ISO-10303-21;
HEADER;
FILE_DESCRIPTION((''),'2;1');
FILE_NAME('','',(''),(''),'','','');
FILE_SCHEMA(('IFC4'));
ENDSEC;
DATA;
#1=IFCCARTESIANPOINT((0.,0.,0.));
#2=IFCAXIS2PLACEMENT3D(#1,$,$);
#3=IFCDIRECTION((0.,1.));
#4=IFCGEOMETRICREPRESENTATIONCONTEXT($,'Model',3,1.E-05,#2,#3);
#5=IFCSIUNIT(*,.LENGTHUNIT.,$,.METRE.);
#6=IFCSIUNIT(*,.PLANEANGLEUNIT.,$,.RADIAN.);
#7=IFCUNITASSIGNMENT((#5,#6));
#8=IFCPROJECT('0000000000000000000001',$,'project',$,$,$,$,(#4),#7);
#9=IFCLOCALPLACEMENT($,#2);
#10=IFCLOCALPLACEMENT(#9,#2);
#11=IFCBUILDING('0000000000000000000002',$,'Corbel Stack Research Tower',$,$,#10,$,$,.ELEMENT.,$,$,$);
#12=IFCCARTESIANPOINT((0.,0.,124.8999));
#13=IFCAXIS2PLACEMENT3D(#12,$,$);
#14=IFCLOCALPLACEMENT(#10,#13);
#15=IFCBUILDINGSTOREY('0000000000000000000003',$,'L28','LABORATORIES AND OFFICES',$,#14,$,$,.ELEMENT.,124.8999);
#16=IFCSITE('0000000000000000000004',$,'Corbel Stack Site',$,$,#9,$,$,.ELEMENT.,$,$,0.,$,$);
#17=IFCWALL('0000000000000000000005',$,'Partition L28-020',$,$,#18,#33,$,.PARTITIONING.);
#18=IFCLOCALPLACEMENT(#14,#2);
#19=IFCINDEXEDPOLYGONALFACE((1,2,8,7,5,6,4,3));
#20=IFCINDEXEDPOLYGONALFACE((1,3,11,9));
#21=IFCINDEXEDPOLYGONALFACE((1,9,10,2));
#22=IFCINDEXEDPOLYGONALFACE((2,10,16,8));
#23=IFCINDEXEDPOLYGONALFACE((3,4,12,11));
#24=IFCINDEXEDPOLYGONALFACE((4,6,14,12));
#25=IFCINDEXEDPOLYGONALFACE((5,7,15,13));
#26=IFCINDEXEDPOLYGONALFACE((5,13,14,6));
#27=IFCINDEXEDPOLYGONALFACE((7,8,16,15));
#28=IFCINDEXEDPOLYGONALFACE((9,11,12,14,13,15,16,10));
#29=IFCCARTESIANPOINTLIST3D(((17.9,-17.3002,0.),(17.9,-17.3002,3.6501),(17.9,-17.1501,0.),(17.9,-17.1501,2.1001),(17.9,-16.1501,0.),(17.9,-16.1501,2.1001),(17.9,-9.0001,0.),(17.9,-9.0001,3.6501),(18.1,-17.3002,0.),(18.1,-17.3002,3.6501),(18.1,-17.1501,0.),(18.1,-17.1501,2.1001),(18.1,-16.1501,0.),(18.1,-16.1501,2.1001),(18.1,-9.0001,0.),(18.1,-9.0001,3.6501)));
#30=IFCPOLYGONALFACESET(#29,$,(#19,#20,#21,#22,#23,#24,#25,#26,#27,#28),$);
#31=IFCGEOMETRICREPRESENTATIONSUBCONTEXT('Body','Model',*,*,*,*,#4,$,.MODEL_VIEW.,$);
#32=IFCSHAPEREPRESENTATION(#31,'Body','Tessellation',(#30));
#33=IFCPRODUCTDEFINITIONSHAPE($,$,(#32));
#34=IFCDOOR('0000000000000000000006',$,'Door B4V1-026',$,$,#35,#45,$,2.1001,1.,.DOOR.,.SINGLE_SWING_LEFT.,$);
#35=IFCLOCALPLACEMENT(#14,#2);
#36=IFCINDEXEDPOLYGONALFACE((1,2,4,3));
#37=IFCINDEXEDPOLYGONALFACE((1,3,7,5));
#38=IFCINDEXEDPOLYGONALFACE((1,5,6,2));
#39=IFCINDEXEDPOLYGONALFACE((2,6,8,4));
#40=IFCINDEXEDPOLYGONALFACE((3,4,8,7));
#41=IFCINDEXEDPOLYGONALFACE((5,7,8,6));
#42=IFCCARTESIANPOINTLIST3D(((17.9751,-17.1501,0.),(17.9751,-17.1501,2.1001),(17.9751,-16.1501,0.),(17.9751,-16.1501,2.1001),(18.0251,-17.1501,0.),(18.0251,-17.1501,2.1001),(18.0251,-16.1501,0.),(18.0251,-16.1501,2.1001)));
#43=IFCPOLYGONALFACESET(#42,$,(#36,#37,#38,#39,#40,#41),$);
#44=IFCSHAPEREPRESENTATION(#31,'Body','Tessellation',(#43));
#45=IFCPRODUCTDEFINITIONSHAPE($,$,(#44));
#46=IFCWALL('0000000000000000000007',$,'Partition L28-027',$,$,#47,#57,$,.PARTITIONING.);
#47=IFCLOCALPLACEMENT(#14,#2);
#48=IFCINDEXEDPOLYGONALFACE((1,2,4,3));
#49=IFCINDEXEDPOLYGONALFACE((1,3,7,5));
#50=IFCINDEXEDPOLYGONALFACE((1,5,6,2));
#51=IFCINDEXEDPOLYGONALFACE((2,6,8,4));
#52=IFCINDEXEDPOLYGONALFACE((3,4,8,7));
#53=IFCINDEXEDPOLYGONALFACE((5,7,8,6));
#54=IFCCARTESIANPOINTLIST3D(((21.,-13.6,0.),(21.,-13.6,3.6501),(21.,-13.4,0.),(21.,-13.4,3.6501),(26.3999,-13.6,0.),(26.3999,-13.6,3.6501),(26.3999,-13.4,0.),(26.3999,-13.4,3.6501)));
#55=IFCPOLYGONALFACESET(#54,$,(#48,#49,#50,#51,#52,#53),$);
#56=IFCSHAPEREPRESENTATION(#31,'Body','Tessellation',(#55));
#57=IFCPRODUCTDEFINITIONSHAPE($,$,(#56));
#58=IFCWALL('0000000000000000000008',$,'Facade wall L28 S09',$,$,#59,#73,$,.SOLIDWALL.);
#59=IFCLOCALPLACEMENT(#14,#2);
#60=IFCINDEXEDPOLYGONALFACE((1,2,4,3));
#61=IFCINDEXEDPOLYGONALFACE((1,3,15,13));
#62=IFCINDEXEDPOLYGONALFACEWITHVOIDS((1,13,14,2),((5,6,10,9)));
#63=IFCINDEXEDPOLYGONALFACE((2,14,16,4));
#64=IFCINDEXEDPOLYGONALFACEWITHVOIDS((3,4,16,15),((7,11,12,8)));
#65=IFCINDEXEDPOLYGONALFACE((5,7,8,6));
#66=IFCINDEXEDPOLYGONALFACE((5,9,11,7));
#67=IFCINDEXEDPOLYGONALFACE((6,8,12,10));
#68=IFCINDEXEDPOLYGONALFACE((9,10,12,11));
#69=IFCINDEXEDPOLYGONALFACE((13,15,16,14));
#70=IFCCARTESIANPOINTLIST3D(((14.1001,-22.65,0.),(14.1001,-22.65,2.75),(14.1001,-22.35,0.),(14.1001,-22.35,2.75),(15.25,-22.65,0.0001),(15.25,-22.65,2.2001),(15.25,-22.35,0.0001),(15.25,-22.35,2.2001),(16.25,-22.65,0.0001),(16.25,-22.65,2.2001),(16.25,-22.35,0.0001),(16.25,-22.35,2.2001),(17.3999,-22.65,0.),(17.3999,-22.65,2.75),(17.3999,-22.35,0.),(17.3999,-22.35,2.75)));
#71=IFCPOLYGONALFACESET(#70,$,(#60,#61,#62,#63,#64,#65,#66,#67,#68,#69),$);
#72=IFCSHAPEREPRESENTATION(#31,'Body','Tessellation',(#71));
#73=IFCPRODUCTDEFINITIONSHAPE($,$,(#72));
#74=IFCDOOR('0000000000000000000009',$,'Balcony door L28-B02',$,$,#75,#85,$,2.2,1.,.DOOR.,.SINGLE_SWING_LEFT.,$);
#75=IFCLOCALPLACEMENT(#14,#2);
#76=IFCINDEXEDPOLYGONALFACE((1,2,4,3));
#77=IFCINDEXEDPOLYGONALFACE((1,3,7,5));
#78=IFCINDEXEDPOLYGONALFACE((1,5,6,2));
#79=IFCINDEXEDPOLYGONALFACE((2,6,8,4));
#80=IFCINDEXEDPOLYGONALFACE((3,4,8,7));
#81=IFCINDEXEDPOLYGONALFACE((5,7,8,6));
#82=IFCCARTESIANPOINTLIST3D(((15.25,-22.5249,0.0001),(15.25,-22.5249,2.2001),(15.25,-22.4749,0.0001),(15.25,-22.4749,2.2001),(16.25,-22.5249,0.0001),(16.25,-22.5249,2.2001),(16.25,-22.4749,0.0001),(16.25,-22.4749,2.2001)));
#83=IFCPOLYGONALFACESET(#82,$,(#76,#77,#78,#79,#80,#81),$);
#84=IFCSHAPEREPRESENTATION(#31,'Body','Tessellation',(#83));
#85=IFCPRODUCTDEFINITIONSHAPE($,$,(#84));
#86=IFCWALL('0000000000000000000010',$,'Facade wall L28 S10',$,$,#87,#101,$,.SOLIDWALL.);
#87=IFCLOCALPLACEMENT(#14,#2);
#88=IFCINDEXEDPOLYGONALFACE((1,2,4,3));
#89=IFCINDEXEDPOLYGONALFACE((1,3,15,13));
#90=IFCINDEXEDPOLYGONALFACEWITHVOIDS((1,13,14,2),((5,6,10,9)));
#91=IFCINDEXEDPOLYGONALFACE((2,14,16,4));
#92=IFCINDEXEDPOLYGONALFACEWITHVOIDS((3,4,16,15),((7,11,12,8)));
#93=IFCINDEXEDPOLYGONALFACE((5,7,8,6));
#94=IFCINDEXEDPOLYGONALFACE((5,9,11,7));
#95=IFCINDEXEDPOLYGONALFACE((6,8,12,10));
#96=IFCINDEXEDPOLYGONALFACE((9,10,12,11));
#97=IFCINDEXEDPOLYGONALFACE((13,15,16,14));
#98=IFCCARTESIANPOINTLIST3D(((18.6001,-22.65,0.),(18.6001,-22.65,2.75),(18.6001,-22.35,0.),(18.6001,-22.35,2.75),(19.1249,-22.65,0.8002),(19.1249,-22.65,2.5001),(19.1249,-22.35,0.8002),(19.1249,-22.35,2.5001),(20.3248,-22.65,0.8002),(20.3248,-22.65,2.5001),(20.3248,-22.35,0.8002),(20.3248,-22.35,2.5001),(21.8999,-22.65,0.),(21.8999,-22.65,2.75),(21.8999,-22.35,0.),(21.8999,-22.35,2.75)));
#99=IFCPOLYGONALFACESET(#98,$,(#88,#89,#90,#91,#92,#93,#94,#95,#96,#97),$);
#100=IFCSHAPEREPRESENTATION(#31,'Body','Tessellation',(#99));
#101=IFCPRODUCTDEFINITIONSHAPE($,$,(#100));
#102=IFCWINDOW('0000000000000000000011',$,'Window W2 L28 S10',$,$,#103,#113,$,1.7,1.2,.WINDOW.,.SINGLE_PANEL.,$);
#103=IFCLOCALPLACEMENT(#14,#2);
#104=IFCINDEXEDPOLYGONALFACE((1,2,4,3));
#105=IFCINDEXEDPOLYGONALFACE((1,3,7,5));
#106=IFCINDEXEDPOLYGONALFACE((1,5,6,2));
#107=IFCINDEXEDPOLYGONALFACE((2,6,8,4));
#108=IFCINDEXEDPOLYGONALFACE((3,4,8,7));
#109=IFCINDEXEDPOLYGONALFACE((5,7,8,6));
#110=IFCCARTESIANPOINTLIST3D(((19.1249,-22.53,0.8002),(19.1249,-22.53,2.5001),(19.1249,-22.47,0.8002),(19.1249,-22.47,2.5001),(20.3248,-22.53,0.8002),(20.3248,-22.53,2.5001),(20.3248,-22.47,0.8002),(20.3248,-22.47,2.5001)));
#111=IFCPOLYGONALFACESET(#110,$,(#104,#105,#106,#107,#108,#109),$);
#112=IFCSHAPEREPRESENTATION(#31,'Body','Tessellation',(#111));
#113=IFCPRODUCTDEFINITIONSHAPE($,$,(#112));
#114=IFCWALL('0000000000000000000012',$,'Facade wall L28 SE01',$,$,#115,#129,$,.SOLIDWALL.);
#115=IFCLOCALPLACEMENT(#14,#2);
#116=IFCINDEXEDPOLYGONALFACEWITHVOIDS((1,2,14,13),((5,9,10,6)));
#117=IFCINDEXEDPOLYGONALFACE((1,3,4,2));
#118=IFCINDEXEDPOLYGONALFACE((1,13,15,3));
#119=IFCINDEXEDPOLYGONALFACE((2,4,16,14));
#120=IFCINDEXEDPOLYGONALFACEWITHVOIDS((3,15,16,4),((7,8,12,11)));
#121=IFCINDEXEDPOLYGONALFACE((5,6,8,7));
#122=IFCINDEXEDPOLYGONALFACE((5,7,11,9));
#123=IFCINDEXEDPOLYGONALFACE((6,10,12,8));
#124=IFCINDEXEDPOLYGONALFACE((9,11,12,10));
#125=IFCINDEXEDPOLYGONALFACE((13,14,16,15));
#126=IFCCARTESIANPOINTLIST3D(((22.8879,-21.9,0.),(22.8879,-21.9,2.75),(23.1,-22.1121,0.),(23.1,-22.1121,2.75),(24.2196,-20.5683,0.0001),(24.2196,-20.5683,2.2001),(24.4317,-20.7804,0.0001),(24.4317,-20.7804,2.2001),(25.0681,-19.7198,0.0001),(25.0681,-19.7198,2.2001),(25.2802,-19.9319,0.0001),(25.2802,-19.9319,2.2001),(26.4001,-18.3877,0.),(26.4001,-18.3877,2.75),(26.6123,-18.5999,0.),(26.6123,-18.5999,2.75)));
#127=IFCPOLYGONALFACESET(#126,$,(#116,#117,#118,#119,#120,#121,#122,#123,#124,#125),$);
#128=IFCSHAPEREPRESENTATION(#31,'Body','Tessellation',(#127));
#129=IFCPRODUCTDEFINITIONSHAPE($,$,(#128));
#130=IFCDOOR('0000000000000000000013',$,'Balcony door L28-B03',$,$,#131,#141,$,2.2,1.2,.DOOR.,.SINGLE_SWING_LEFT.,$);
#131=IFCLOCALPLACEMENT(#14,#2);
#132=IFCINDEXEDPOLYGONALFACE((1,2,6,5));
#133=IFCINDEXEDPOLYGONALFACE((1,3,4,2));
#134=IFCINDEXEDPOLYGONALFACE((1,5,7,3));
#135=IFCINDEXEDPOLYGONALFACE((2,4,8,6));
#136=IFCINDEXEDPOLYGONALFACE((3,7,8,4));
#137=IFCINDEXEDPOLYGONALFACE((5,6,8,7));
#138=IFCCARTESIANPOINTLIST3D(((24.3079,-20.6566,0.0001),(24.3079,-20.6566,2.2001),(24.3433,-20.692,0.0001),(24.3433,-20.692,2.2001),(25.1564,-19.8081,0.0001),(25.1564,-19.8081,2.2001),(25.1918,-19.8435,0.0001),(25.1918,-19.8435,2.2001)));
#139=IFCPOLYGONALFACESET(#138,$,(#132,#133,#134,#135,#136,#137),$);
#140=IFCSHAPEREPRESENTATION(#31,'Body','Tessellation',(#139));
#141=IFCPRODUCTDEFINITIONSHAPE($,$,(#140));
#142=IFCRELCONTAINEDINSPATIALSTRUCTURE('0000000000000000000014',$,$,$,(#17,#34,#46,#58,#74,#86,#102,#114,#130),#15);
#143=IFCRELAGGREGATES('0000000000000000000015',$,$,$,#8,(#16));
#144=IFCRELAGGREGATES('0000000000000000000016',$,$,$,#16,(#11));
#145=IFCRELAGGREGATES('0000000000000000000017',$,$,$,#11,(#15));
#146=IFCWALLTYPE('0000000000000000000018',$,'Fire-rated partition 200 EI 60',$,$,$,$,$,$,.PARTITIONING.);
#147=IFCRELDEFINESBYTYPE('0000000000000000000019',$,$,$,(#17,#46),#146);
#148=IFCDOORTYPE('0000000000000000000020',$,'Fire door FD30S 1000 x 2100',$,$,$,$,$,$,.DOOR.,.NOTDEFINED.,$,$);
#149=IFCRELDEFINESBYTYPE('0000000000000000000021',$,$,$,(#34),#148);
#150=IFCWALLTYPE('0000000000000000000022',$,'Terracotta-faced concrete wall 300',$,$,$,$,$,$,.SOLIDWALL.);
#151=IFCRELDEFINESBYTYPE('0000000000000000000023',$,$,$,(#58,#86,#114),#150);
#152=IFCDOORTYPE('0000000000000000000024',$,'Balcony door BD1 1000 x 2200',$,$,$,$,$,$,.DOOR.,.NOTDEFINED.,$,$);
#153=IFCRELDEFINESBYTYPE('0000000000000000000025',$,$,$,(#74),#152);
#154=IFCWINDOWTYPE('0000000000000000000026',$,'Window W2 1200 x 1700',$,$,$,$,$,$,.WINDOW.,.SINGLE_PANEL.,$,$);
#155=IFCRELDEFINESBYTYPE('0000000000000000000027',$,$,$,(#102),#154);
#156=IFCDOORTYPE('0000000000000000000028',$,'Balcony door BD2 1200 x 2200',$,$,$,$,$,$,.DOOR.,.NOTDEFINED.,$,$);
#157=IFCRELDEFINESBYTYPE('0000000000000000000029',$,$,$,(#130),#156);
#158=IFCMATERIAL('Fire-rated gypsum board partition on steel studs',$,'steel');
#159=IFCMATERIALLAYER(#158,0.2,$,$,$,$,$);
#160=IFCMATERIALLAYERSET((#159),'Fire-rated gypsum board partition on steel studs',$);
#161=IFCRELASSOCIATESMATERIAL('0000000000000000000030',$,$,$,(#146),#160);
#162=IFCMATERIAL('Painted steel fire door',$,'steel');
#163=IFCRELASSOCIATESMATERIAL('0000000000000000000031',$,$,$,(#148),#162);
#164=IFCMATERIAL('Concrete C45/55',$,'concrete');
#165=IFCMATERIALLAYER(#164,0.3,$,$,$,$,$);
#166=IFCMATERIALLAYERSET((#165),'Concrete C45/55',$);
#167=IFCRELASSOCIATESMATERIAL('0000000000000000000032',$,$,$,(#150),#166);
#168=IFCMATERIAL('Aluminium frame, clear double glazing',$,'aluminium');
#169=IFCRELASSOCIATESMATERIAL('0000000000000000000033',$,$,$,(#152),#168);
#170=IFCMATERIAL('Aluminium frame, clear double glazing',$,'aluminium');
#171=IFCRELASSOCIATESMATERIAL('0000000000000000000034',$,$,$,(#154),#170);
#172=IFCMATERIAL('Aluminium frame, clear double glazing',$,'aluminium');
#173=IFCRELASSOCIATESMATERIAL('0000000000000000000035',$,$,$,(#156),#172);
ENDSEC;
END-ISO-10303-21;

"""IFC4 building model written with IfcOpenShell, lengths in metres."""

from ifc_helpers import new_model, si_unit, direction, frame, frame_2d, origin, place, context, subcontext, project, spatial, rectangle, extrude, material, layer, layer_set, type_object, element, fill, save


model = new_model("IFC4")

# Units and contexts
model_context = context("Model", 3, precision=1e-05, world=origin(), true_north=direction((0.0, 1.0)))
body_context = subcontext(model_context, "Body", "Model", "MODEL_VIEW")
ifc_project = project(units=[si_unit("LENGTHUNIT", "METRE"), si_unit("PLANEANGLEUNIT", "RADIAN")], contexts=[model_context])

# Site, building, storey
site_placement = place(None, origin())
site = spatial("IfcSite", under=ifc_project, at=site_placement, Name="Corbel Stack Site", CompositionType="ELEMENT", RefElevation=0.0)
building_placement = place(site_placement, origin())
building = spatial("IfcBuilding", under=site, at=building_placement, Name="Corbel Stack Research Tower", CompositionType="ELEMENT")
storey_placement = place(building_placement, frame((0.0, 0.0, 124.8999)))
storey = spatial("IfcBuildingStorey", under=building, at=storey_placement, Name="L28", Description="LABORATORIES AND OFFICES", CompositionType="ELEMENT", Elevation=124.8999)

# Shared definitions
ifc_material_1 = material(Name="Fire-rated gypsum board partition on steel studs", Category="steel")
ifc_layer_1 = layer(ifc_material_1, 0.2)
ifc_layer_set_1 = layer_set([ifc_layer_1], Name="Fire-rated gypsum board partition on steel studs")
wall_type_1 = type_object("IfcWallType", Name="Fire-rated partition 200 EI 60", PredefinedType="PARTITIONING", material=ifc_layer_set_1)

# Wall, opening, door
wall_1_placement = place(storey_placement, frame((18.0, -17.3, 0.0), z_axis=(0.0, 0.0, 1.0), x_axis=(0.0, 1.0, 0.0)))
wall_1 = element("IfcWall", 1, at=wall_1_placement, inside=storey, type_object=wall_type_1, Name="Partition L28-020", PredefinedType="PARTITIONING", context=body_context, shape_type="SweptSolid", body=[
    extrude(rectangle(XDim=8.3, YDim=0.2, at=frame_2d((4.1499, 0.0))), origin(), (0.0, 0.0, 1.0), 3.6501),
])
opening_1_placement = place(wall_1_placement, frame((0.1499, 0.0, 0.0)))
opening_1 = element("IfcOpeningElement", 2, at=opening_1_placement, cuts=wall_1, PredefinedType="OPENING", context=body_context, shape_type="SweptSolid", body=[
    extrude(rectangle(XDim=1.0, YDim=2.1001, at=frame_2d((0.5, 1.05))), frame((0.0, 0.1099, 0.0), z_axis=(0.0, -1.0, 0.0), x_axis=(1.0, 0.0, 0.0)), (0.0, 0.0, 1.0), 0.22),
])
ifc_material_2 = material(Name="Painted steel fire door", Category="steel")
door_type_1 = type_object("IfcDoorType", Name="Fire door FD30S 1000 x 2100", OperationType="NOTDEFINED", PredefinedType="DOOR", material=ifc_material_2)
door_1_placement = place(opening_1_placement, origin())
door_1 = element("IfcDoor", 3, at=door_1_placement, inside=storey, type_object=door_type_1, Name="Door B4V1-026", OperationType="SINGLE_SWING_LEFT", OverallHeight=2.1001, OverallWidth=1.0, PredefinedType="DOOR", context=body_context, shape_type="SweptSolid", body=[
    extrude(rectangle(XDim=1.0, YDim=2.1001, at=frame_2d((0.5, 1.05))), frame((0.0, 0.0249, 0.0), z_axis=(0.0, -1.0, 0.0), x_axis=(1.0, 0.0, 0.0)), (0.0, 0.0, 1.0), 0.05),
])
fill(opening_1, door_1)

# Wall
wall_2_placement = place(storey_placement, frame((21.0, -13.5, 0.0), z_axis=(0.0, 0.0, 1.0), x_axis=(1.0, 0.0, 0.0)))
element("IfcWall", 4, at=wall_2_placement, inside=storey, type_object=wall_type_1, Name="Partition L28-027", PredefinedType="PARTITIONING", context=body_context, shape_type="SweptSolid", body=[
    extrude(rectangle(XDim=5.3999, YDim=0.2, at=frame_2d((2.7, 0.0))), origin(), (0.0, 0.0, 1.0), 3.6501),
])

# Wall, opening, door
ifc_material_3 = material(Name="Concrete C45/55", Category="concrete")
ifc_layer_2 = layer(ifc_material_3, 0.3)
ifc_layer_set_2 = layer_set([ifc_layer_2], Name="Concrete C45/55")
wall_type_2 = type_object("IfcWallType", Name="Terracotta-faced concrete wall 300", PredefinedType="SOLIDWALL", material=ifc_layer_set_2)
wall_3_placement = place(storey_placement, frame((17.3999, -22.5, 0.0), z_axis=(0.0, 0.0, 1.0), x_axis=(-1.0, 0.0, 0.0)))
wall_3 = element("IfcWall", 5, at=wall_3_placement, inside=storey, type_object=wall_type_2, Name="Facade wall L28 S09", PredefinedType="SOLIDWALL", context=body_context, shape_type="SweptSolid", body=[
    extrude(rectangle(XDim=3.2998, YDim=0.3, at=frame_2d((1.6499, 0.0))), origin(), (0.0, 0.0, 1.0), 2.75),
])
opening_2_placement = place(wall_3_placement, frame((1.1499, 0.0, 0.0)))
opening_2 = element("IfcOpeningElement", 6, at=opening_2_placement, cuts=wall_3, PredefinedType="OPENING", context=body_context, shape_type="SweptSolid", body=[
    extrude(rectangle(XDim=1.0, YDim=2.2, at=frame_2d((0.5, 1.1001))), frame((0.0, 0.1599, 0.0), z_axis=(0.0, -1.0, 0.0), x_axis=(1.0, 0.0, 0.0)), (0.0, 0.0, 1.0), 0.3201),
])
ifc_material_4 = material(Name="Aluminium frame, clear double glazing", Category="aluminium")
door_type_2 = type_object("IfcDoorType", Name="Balcony door BD1 1000 x 2200", OperationType="NOTDEFINED", PredefinedType="DOOR", material=ifc_material_4)
door_2_placement = place(opening_2_placement, origin())
door_2 = element("IfcDoor", 7, at=door_2_placement, inside=storey, type_object=door_type_2, Name="Balcony door L28-B02", OperationType="SINGLE_SWING_LEFT", OverallHeight=2.2, OverallWidth=1.0, PredefinedType="DOOR", context=body_context, shape_type="SweptSolid", body=[
    extrude(rectangle(XDim=1.0, YDim=2.2, at=frame_2d((0.5, 1.1001))), frame((0.0, 0.0249, 0.0), z_axis=(0.0, -1.0, 0.0), x_axis=(1.0, 0.0, 0.0)), (0.0, 0.0, 1.0), 0.05),
])
fill(opening_2, door_2)

# Wall, opening, window
wall_4_placement = place(storey_placement, frame((21.8999, -22.5, 0.0), z_axis=(0.0, 0.0, 1.0), x_axis=(-1.0, 0.0, 0.0)))
wall_4 = element("IfcWall", 8, at=wall_4_placement, inside=storey, type_object=wall_type_2, Name="Facade wall L28 S10", PredefinedType="SOLIDWALL", context=body_context, shape_type="SweptSolid", body=[
    extrude(rectangle(XDim=3.2998, YDim=0.3, at=frame_2d((1.6499, 0.0))), origin(), (0.0, 0.0, 1.0), 2.75),
])
opening_3_placement = place(wall_4_placement, frame((1.575, 0.0, 0.8)))
opening_3 = element("IfcOpeningElement", 9, at=opening_3_placement, cuts=wall_4, PredefinedType="OPENING", context=body_context, shape_type="SweptSolid", body=[
    extrude(rectangle(XDim=1.2, YDim=1.7, at=frame_2d((0.6001, 0.8501))), frame((0.0, 0.1599, 0.0), z_axis=(0.0, -1.0, 0.0), x_axis=(1.0, 0.0, 0.0)), (0.0, 0.0, 1.0), 0.3201),
])
ifc_material_5 = material(Name="Aluminium frame, clear double glazing", Category="aluminium")
window_type_1 = type_object("IfcWindowType", Name="Window W2 1200 x 1700", PartitioningType="SINGLE_PANEL", PredefinedType="WINDOW", material=ifc_material_5)
window_1_placement = place(opening_3_placement, origin())
window_1 = element("IfcWindow", 10, at=window_1_placement, inside=storey, type_object=window_type_1, Name="Window W2 L28 S10", OverallHeight=1.7, OverallWidth=1.2, PartitioningType="SINGLE_PANEL", PredefinedType="WINDOW", context=body_context, shape_type="SweptSolid", body=[
    extrude(rectangle(XDim=1.2, YDim=1.7, at=frame_2d((0.6001, 0.8501))), frame((0.0, 0.03, 0.0), z_axis=(0.0, -1.0, 0.0), x_axis=(1.0, 0.0, 0.0)), (0.0, 0.0, 1.0), 0.0601),
])
fill(opening_3, window_1)

# Wall, opening, door
wall_5_placement = place(storey_placement, frame((26.5061, -18.4939, 0.0), z_axis=(0.0, 0.0, 1.0), x_axis=(-0.707107, -0.707107, 0.0)))
wall_5 = element("IfcWall", 11, at=wall_5_placement, inside=storey, type_object=wall_type_2, Name="Facade wall L28 SE01", PredefinedType="SOLIDWALL", context=body_context, shape_type="SweptSolid", body=[
    extrude(rectangle(XDim=4.967, YDim=0.3, at=frame_2d((2.4834, 0.0))), origin(), (0.0, 0.0, 1.0), 2.75),
])
opening_4_placement = place(wall_5_placement, frame((1.8835, 0.0, 0.0)))
opening_4 = element("IfcOpeningElement", 12, at=opening_4_placement, cuts=wall_5, PredefinedType="OPENING", context=body_context, shape_type="SweptSolid", body=[
    extrude(rectangle(XDim=1.2, YDim=2.2, at=frame_2d((0.6001, 1.1001))), frame((0.0, 0.1599, 0.0), z_axis=(0.0, -1.0, 0.0), x_axis=(1.0, 0.0, 0.0)), (0.0, 0.0, 1.0), 0.3201),
])
ifc_material_6 = material(Name="Aluminium frame, clear double glazing", Category="aluminium")
door_type_3 = type_object("IfcDoorType", Name="Balcony door BD2 1200 x 2200", OperationType="NOTDEFINED", PredefinedType="DOOR", material=ifc_material_6)
door_3_placement = place(opening_4_placement, origin())
door_3 = element("IfcDoor", 13, at=door_3_placement, inside=storey, type_object=door_type_3, Name="Balcony door L28-B03", OperationType="SINGLE_SWING_LEFT", OverallHeight=2.2, OverallWidth=1.2, PredefinedType="DOOR", context=body_context, shape_type="SweptSolid", body=[
    extrude(rectangle(XDim=1.2, YDim=2.2, at=frame_2d((0.6001, 1.1001))), frame((0.0, 0.0249, 0.0), z_axis=(0.0, -1.0, 0.0), x_axis=(1.0, 0.0, 0.0)), (0.0, 0.0, 1.0), 0.05),
])
fill(opening_4, door_3)

save(model, "model.ifc")
